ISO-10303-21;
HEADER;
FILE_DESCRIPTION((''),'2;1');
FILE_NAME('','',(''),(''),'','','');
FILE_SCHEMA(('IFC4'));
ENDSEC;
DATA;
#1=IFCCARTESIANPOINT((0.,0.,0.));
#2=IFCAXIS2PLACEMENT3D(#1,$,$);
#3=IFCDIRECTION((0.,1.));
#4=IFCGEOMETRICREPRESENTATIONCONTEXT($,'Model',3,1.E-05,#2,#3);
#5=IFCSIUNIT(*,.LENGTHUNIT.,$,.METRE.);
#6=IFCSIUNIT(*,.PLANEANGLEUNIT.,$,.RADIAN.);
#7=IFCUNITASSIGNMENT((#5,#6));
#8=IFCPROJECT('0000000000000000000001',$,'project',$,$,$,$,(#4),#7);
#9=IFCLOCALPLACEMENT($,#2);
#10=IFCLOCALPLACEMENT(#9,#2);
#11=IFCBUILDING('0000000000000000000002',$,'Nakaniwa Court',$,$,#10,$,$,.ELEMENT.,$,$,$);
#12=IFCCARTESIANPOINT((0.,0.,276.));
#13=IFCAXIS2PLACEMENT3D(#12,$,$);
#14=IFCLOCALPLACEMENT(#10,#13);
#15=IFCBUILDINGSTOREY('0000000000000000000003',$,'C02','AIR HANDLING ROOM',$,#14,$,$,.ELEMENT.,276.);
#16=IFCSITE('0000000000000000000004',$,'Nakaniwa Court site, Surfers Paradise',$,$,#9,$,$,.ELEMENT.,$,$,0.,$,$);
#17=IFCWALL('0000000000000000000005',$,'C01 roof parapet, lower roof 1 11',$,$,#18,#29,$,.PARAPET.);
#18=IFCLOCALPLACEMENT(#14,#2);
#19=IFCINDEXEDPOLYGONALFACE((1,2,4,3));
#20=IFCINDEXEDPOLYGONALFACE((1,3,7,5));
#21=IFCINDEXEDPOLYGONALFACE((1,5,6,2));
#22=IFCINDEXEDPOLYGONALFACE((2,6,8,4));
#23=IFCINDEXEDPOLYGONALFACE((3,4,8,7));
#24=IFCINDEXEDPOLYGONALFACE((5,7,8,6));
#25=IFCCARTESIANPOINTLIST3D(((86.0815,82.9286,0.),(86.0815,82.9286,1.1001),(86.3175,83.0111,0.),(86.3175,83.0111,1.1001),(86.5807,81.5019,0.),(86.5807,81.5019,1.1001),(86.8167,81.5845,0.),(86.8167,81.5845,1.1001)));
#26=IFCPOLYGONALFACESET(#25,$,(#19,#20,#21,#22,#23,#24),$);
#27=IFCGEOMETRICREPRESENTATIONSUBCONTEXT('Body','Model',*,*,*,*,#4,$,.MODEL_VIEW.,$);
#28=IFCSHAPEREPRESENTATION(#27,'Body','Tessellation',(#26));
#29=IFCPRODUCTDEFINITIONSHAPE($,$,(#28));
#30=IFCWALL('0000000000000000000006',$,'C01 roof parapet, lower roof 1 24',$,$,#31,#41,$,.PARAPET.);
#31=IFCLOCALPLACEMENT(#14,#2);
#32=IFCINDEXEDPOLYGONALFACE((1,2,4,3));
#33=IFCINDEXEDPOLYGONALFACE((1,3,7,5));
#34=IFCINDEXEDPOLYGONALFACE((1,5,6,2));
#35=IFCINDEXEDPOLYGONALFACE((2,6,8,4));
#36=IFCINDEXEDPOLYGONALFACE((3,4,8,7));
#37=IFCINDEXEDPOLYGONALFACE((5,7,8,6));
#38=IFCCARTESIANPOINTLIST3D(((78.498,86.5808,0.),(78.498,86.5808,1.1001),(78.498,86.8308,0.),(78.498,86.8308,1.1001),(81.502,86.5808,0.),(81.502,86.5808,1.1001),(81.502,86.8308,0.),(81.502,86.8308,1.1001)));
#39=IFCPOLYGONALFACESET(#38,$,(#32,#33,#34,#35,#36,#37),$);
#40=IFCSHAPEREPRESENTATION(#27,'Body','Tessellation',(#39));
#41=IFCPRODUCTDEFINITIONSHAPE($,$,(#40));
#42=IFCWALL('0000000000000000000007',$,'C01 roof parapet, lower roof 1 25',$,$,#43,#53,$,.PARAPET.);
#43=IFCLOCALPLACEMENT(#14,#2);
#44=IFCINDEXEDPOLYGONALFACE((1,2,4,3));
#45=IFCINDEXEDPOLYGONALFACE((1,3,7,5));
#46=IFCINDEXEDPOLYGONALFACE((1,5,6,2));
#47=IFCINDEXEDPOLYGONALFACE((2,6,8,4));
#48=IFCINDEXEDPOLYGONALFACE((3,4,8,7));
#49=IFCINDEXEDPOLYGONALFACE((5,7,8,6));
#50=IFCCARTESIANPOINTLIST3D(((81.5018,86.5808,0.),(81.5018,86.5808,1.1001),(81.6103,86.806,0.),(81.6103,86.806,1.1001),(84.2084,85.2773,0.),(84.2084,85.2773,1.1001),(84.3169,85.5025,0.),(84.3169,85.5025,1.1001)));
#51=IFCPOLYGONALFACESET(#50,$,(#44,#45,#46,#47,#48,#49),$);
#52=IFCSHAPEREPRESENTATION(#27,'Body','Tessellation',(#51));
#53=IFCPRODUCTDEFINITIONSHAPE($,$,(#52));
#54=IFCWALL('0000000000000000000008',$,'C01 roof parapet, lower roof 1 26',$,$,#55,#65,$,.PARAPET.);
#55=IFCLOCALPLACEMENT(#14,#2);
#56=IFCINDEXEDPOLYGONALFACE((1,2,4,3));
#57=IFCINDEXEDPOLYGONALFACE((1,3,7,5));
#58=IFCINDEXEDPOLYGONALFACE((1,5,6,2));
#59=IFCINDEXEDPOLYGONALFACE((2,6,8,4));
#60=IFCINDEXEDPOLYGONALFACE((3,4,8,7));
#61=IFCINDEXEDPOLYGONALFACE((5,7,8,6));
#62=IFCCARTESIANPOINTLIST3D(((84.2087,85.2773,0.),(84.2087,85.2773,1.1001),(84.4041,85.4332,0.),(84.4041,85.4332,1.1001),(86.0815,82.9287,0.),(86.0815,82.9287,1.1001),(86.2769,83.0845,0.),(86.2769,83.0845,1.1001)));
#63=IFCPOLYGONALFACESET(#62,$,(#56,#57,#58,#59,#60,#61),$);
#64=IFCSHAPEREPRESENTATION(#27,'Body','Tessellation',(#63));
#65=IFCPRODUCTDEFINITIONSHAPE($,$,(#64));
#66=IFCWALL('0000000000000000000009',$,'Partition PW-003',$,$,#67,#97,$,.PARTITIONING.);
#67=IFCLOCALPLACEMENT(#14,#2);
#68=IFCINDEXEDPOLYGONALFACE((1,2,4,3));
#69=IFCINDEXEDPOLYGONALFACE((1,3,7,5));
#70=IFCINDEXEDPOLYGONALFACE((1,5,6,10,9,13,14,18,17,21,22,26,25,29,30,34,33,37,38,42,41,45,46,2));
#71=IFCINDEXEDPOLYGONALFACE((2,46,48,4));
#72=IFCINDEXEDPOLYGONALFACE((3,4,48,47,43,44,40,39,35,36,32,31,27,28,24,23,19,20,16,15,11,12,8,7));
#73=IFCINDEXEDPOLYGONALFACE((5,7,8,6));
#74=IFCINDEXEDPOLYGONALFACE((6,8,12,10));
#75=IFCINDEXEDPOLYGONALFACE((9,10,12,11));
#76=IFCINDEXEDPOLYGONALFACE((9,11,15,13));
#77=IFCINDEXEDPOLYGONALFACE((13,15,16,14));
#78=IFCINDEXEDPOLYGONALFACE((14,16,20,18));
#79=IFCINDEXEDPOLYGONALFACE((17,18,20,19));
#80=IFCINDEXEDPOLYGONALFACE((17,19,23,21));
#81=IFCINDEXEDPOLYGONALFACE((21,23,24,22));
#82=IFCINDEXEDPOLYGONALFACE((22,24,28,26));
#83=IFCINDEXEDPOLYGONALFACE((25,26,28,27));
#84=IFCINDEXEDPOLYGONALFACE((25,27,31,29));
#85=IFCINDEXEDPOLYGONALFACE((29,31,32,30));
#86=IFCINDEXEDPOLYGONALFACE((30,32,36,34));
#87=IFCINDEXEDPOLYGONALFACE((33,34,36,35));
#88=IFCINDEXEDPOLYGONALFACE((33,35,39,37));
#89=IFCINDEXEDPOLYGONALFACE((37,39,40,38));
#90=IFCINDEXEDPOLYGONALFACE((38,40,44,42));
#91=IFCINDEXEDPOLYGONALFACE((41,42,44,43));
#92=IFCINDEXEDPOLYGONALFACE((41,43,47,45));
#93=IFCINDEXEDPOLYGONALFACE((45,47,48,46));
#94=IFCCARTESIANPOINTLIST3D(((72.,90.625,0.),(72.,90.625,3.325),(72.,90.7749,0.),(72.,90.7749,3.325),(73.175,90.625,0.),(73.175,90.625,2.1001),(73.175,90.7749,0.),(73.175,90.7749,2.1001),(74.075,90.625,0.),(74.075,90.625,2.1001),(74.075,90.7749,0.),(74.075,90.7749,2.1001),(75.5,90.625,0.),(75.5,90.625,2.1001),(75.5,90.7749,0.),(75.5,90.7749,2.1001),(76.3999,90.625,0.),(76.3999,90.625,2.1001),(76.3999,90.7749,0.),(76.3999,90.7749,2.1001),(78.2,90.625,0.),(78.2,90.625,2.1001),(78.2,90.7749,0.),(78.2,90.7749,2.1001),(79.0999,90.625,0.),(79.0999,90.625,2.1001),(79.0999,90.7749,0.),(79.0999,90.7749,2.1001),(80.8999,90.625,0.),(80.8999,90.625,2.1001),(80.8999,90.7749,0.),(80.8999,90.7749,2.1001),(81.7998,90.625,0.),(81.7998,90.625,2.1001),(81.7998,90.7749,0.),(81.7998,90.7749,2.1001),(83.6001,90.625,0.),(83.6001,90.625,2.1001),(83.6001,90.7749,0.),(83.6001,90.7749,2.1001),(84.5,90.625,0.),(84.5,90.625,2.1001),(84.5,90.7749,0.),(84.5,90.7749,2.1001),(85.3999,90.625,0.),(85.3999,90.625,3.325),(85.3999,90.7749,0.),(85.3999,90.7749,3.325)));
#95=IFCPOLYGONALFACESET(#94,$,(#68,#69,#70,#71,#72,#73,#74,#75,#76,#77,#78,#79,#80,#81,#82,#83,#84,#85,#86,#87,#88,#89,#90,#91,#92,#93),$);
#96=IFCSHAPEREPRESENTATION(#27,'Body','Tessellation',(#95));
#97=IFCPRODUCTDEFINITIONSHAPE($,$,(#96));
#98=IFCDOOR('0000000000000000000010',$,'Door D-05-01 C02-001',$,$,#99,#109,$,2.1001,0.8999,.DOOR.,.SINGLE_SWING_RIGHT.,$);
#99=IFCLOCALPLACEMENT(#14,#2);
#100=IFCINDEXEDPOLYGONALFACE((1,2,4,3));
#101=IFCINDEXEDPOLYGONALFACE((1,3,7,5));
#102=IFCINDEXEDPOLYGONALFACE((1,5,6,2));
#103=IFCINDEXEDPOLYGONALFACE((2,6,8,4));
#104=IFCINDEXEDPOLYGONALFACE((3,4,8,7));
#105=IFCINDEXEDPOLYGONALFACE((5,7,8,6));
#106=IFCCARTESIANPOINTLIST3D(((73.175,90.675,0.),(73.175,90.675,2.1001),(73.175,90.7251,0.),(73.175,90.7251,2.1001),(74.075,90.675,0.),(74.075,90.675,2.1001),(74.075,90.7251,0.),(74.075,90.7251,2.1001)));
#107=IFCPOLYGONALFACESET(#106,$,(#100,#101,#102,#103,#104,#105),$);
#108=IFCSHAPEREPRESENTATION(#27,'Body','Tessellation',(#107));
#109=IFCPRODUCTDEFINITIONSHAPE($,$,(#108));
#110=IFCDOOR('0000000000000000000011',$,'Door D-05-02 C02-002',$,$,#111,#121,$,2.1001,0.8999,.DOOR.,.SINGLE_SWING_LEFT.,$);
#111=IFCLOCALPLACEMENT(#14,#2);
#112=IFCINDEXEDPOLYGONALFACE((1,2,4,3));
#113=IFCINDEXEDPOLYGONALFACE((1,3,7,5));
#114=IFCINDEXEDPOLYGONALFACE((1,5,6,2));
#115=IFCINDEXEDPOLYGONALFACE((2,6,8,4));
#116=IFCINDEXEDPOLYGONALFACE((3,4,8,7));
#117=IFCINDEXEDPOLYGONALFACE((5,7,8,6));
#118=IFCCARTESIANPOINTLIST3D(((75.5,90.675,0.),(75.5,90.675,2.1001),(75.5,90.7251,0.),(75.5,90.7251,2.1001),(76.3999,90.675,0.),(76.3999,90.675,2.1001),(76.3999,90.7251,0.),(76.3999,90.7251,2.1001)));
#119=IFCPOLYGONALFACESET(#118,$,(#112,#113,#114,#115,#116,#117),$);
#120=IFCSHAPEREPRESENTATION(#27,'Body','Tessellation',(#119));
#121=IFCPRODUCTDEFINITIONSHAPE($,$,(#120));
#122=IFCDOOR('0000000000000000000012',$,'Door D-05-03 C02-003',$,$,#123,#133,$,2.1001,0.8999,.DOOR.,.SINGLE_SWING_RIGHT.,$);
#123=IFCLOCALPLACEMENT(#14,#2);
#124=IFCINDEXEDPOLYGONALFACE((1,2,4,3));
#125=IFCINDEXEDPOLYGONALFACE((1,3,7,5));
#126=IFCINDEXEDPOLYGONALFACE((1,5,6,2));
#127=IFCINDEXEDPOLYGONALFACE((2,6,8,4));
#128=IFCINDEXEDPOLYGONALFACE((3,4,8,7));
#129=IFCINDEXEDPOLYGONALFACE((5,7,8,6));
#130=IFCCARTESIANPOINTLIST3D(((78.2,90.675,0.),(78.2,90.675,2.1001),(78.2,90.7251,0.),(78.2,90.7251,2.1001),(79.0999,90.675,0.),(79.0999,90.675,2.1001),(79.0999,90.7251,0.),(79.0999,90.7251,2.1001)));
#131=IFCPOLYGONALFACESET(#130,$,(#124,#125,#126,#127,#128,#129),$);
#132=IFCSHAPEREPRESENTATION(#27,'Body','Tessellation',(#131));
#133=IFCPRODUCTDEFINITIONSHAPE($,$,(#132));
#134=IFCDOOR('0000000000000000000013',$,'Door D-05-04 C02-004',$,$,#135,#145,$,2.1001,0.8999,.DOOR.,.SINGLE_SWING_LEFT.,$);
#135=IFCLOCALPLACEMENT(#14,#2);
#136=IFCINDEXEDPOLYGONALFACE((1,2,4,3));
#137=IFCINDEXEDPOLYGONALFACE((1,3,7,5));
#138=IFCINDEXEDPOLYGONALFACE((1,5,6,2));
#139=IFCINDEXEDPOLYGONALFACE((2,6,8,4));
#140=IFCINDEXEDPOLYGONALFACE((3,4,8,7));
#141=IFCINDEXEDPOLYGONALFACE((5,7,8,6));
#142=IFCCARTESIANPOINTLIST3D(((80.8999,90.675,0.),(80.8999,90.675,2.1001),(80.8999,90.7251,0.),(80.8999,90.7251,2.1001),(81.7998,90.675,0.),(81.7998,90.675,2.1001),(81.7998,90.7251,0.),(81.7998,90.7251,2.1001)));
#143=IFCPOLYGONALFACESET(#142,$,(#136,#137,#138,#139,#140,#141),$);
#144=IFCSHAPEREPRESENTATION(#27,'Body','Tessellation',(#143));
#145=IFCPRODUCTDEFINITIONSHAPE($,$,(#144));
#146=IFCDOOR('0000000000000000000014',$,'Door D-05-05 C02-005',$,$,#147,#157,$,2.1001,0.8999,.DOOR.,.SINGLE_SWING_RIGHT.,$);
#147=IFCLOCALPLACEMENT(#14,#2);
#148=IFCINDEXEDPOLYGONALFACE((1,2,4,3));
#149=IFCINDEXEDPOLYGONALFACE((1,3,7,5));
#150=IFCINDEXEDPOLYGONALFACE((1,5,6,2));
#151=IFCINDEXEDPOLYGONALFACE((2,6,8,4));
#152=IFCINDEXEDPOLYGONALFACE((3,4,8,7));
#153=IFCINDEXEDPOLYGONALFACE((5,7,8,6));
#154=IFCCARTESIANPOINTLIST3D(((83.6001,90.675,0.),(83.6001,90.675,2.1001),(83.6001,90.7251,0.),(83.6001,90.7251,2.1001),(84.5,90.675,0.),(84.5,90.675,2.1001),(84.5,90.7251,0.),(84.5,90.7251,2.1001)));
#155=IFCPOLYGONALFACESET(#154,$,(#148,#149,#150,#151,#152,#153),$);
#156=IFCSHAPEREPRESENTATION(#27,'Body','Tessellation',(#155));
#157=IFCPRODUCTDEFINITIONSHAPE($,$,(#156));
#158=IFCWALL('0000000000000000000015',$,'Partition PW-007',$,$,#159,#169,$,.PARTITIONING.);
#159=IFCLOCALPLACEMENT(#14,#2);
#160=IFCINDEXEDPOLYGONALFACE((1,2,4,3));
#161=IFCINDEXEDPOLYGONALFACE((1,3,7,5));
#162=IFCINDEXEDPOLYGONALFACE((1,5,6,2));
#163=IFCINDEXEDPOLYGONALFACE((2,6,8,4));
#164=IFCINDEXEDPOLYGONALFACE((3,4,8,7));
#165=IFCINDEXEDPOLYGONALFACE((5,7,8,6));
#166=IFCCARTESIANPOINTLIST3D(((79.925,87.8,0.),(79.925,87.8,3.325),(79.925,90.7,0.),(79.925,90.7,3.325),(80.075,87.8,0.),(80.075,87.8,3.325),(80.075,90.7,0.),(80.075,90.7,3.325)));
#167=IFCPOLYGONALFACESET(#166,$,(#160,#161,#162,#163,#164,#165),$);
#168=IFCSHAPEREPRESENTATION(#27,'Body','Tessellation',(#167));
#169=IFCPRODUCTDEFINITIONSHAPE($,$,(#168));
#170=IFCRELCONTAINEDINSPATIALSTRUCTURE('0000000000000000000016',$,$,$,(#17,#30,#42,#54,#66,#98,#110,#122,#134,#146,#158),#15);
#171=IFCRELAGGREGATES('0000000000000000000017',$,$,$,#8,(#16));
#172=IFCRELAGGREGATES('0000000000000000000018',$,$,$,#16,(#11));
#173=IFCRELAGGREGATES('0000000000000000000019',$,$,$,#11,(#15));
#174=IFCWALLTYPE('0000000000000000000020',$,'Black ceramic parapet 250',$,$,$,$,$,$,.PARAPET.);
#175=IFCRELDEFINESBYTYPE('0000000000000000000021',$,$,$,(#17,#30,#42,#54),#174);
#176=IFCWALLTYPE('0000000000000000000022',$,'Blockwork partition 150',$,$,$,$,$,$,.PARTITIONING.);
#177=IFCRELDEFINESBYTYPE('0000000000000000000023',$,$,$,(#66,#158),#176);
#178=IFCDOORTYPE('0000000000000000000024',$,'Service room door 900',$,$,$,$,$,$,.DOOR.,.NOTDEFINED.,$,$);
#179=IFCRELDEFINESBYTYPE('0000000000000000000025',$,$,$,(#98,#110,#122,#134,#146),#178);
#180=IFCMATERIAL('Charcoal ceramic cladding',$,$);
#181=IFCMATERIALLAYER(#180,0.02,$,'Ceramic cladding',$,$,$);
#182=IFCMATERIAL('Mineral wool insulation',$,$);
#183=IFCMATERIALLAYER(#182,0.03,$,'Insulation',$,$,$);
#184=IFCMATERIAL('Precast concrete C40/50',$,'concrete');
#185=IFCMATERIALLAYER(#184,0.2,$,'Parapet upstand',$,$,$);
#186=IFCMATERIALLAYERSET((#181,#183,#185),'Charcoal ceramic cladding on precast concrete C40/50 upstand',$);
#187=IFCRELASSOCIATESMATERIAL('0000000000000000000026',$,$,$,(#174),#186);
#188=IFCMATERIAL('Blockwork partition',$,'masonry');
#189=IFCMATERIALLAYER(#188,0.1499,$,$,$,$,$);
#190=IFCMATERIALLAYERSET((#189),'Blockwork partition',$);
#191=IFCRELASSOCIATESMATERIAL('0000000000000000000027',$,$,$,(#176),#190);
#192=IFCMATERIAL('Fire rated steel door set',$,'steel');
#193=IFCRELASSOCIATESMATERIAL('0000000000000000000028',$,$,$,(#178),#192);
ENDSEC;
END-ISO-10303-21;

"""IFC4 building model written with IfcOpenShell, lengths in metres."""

from ifc_helpers import new_model, si_unit, direction, frame, frame_2d, origin, place, context, subcontext, project, spatial, rectangle, extrude, material, layer, layer_set, type_object, element, fill, save


model = new_model("IFC4")

# Units and contexts
model_context = context("Model", 3, precision=1e-05, world=origin(), true_north=direction((0.0, 1.0)))
body_context = subcontext(model_context, "Body", "Model", "MODEL_VIEW")
ifc_project = project(units=[si_unit("LENGTHUNIT", "METRE"), si_unit("PLANEANGLEUNIT", "RADIAN")], contexts=[model_context])

# Site, building, storey
site_placement = place(None, origin())
site = spatial("IfcSite", under=ifc_project, at=site_placement, Name="Nakaniwa Court site, Surfers Paradise", CompositionType="ELEMENT", RefElevation=0.0)
building_placement = place(site_placement, origin())
building = spatial("IfcBuilding", under=site, at=building_placement, Name="Nakaniwa Court", CompositionType="ELEMENT")
storey_placement = place(building_placement, frame((0.0, 0.0, 276.0)))
storey = spatial("IfcBuildingStorey", under=building, at=storey_placement, Name="C02", Description="AIR HANDLING ROOM", CompositionType="ELEMENT", Elevation=276.0)

# Walls
ifc_material_1 = material(Name="Charcoal ceramic cladding")
ifc_layer_1 = layer(ifc_material_1, 0.02, Name="Ceramic cladding")
ifc_material_2 = material(Name="Mineral wool insulation")
ifc_layer_2 = layer(ifc_material_2, 0.03, Name="Insulation")
ifc_material_3 = material(Name="Precast concrete C40/50", Category="concrete")
ifc_layer_3 = layer(ifc_material_3, 0.2, Name="Parapet upstand")
ifc_layer_set_1 = layer_set([ifc_layer_1, ifc_layer_2, ifc_layer_3], Name="Charcoal ceramic cladding on precast concrete C40/50 upstand")
wall_type_1 = type_object("IfcWallType", Name="Black ceramic parapet 250", PredefinedType="PARAPET", material=ifc_layer_set_1)
wall_1_placement = place(storey_placement, frame((86.1995, 82.97, 0.0), z_axis=(0.0, 0.0, 1.0), x_axis=(0.330293, -0.943878, 0.0)))
element("IfcWall", 1, at=wall_1_placement, inside=storey, type_object=wall_type_1, Name="C01 roof parapet, lower roof 1 11", PredefinedType="PARAPET", context=body_context, shape_type="SweptSolid", body=[
    extrude(rectangle(XDim=1.5115, YDim=0.25, at=frame_2d((0.7559, 0.0))), origin(), (0.0, 0.0, 1.0), 1.1001),
])
wall_2_placement = place(storey_placement, frame((78.498, 86.7058, 0.0), z_axis=(0.0, 0.0, 1.0), x_axis=(1.0, 0.0, 0.0)))
element("IfcWall", 2, at=wall_2_placement, inside=storey, type_object=wall_type_1, Name="C01 roof parapet, lower roof 1 24", PredefinedType="PARAPET", context=body_context, shape_type="SweptSolid", body=[
    extrude(rectangle(XDim=3.0039, YDim=0.25, at=frame_2d((1.502, 0.0))), origin(), (0.0, 0.0, 1.0), 1.1001),
])
wall_3_placement = place(storey_placement, frame((81.5562, 86.6934, 0.0), z_axis=(0.0, 0.0, 1.0), x_axis=(0.90096, -0.433901, 0.0)))
element("IfcWall", 3, at=wall_3_placement, inside=storey, type_object=wall_type_1, Name="C01 roof parapet, lower roof 1 25", PredefinedType="PARAPET", context=body_context, shape_type="SweptSolid", body=[
    extrude(rectangle(XDim=3.0042, YDim=0.25, at=frame_2d((1.502, 0.0))), origin(), (0.0, 0.0, 1.0), 1.1001),
])
wall_4_placement = place(storey_placement, frame((84.3064, 85.3552, 0.0), z_axis=(0.0, 0.0, 1.0), x_axis=(0.623455, -0.781859, 0.0)))
element("IfcWall", 4, at=wall_4_placement, inside=storey, type_object=wall_type_1, Name="C01 roof parapet, lower roof 1 26", PredefinedType="PARAPET", context=body_context, shape_type="SweptSolid", body=[
    extrude(rectangle(XDim=3.0039, YDim=0.25, at=frame_2d((1.502, 0.0))), origin(), (0.0, 0.0, 1.0), 1.1001),
])

# Wall, openings, doors
ifc_material_4 = material(Name="Blockwork partition", Category="masonry")
ifc_layer_4 = layer(ifc_material_4, 0.1499)
ifc_layer_set_2 = layer_set([ifc_layer_4], Name="Blockwork partition")
wall_type_2 = type_object("IfcWallType", Name="Blockwork partition 150", PredefinedType="PARTITIONING", material=ifc_layer_set_2)
wall_5_placement = place(storey_placement, frame((85.3999, 90.7, 0.0), z_axis=(0.0, 0.0, 1.0), x_axis=(-1.0, 0.0, 0.0)))
wall_5 = element("IfcWall", 5, at=wall_5_placement, inside=storey, type_object=wall_type_2, Name="Partition PW-003", PredefinedType="PARTITIONING", context=body_context, shape_type="SweptSolid", body=[
    extrude(rectangle(XDim=13.3999, YDim=0.1499, at=frame_2d((6.7, 0.0))), origin(), (0.0, 0.0, 1.0), 3.325),
])
opening_1_placement = place(wall_5_placement, frame((11.325, 0.0, 0.0)))
opening_1 = element("IfcOpeningElement", 6, at=opening_1_placement, cuts=wall_5, PredefinedType="OPENING", context=body_context, shape_type="SweptSolid", body=[
    extrude(rectangle(XDim=0.8999, YDim=2.1001, at=frame_2d((0.45, 1.05))), frame((0.0, 0.085, 0.0), z_axis=(0.0, -1.0, 0.0), x_axis=(1.0, 0.0, 0.0)), (0.0, 0.0, 1.0), 0.1699),
])
opening_2_placement = place(wall_5_placement, frame((9.0, 0.0, 0.0)))
opening_2 = element("IfcOpeningElement", 7, at=opening_2_placement, cuts=wall_5, PredefinedType="OPENING", context=body_context, shape_type="SweptSolid", body=[
    extrude(rectangle(XDim=0.8999, YDim=2.1001, at=frame_2d((0.45, 1.05))), frame((0.0, 0.085, 0.0), z_axis=(0.0, -1.0, 0.0), x_axis=(1.0, 0.0, 0.0)), (0.0, 0.0, 1.0), 0.1699),
])
opening_3_placement = place(wall_5_placement, frame((6.3, 0.0, 0.0)))
opening_3 = element("IfcOpeningElement", 8, at=opening_3_placement, cuts=wall_5, PredefinedType="OPENING", context=body_context, shape_type="SweptSolid", body=[
    extrude(rectangle(XDim=0.8999, YDim=2.1001, at=frame_2d((0.45, 1.05))), frame((0.0, 0.085, 0.0), z_axis=(0.0, -1.0, 0.0), x_axis=(1.0, 0.0, 0.0)), (0.0, 0.0, 1.0), 0.1699),
])
opening_4_placement = place(wall_5_placement, frame((3.6001, 0.0, 0.0)))
opening_4 = element("IfcOpeningElement", 9, at=opening_4_placement, cuts=wall_5, PredefinedType="OPENING", context=body_context, shape_type="SweptSolid", body=[
    extrude(rectangle(XDim=0.8999, YDim=2.1001, at=frame_2d((0.45, 1.05))), frame((0.0, 0.085, 0.0), z_axis=(0.0, -1.0, 0.0), x_axis=(1.0, 0.0, 0.0)), (0.0, 0.0, 1.0), 0.1699),
])
opening_5_placement = place(wall_5_placement, frame((0.8999, 0.0, 0.0)))
opening_5 = element("IfcOpeningElement", 10, at=opening_5_placement, cuts=wall_5, PredefinedType="OPENING", context=body_context, shape_type="SweptSolid", body=[
    extrude(rectangle(XDim=0.8999, YDim=2.1001, at=frame_2d((0.45, 1.05))), frame((0.0, 0.085, 0.0), z_axis=(0.0, -1.0, 0.0), x_axis=(1.0, 0.0, 0.0)), (0.0, 0.0, 1.0), 0.1699),
])
ifc_material_5 = material(Name="Fire rated steel door set", Category="steel")
door_type_1 = type_object("IfcDoorType", Name="Service room door 900", OperationType="NOTDEFINED", PredefinedType="DOOR", material=ifc_material_5)
door_1_placement = place(opening_1_placement, origin())
door_1 = element("IfcDoor", 11, at=door_1_placement, inside=storey, type_object=door_type_1, Name="Door D-05-01 C02-001", OperationType="SINGLE_SWING_RIGHT", OverallHeight=2.1001, OverallWidth=0.8999, PredefinedType="DOOR", context=body_context, shape_type="SweptSolid", body=[
    extrude(rectangle(XDim=0.8999, YDim=2.1001, at=frame_2d((0.45, 1.05))), frame((0.0, 0.0249, 0.0), z_axis=(0.0, -1.0, 0.0), x_axis=(1.0, 0.0, 0.0)), (0.0, 0.0, 1.0), 0.05),
])
fill(opening_1, door_1)
door_2_placement = place(opening_2_placement, origin())
door_2 = element("IfcDoor", 12, at=door_2_placement, inside=storey, type_object=door_type_1, Name="Door D-05-02 C02-002", OperationType="SINGLE_SWING_LEFT", OverallHeight=2.1001, OverallWidth=0.8999, PredefinedType="DOOR", context=body_context, shape_type="SweptSolid", body=[
    extrude(rectangle(XDim=0.8999, YDim=2.1001, at=frame_2d((0.45, 1.05))), frame((0.0, 0.0249, 0.0), z_axis=(0.0, -1.0, 0.0), x_axis=(1.0, 0.0, 0.0)), (0.0, 0.0, 1.0), 0.05),
])
fill(opening_2, door_2)
door_3_placement = place(opening_3_placement, origin())
door_3 = element("IfcDoor", 13, at=door_3_placement, inside=storey, type_object=door_type_1, Name="Door D-05-03 C02-003", OperationType="SINGLE_SWING_RIGHT", OverallHeight=2.1001, OverallWidth=0.8999, PredefinedType="DOOR", context=body_context, shape_type="SweptSolid", body=[
    extrude(rectangle(XDim=0.8999, YDim=2.1001, at=frame_2d((0.45, 1.05))), frame((0.0, 0.0249, 0.0), z_axis=(0.0, -1.0, 0.0), x_axis=(1.0, 0.0, 0.0)), (0.0, 0.0, 1.0), 0.05),
])
fill(opening_3, door_3)
door_4_placement = place(opening_4_placement, origin())
door_4 = element("IfcDoor", 14, at=door_4_placement, inside=storey, type_object=door_type_1, Name="Door D-05-04 C02-004", OperationType="SINGLE_SWING_LEFT", OverallHeight=2.1001, OverallWidth=0.8999, PredefinedType="DOOR", context=body_context, shape_type="SweptSolid", body=[
    extrude(rectangle(XDim=0.8999, YDim=2.1001, at=frame_2d((0.45, 1.05))), frame((0.0, 0.0249, 0.0), z_axis=(0.0, -1.0, 0.0), x_axis=(1.0, 0.0, 0.0)), (0.0, 0.0, 1.0), 0.05),
])
fill(opening_4, door_4)
door_5_placement = place(opening_5_placement, origin())
door_5 = element("IfcDoor", 15, at=door_5_placement, inside=storey, type_object=door_type_1, Name="Door D-05-05 C02-005", OperationType="SINGLE_SWING_RIGHT", OverallHeight=2.1001, OverallWidth=0.8999, PredefinedType="DOOR", context=body_context, shape_type="SweptSolid", body=[
    extrude(rectangle(XDim=0.8999, YDim=2.1001, at=frame_2d((0.45, 1.05))), frame((0.0, 0.0249, 0.0), z_axis=(0.0, -1.0, 0.0), x_axis=(1.0, 0.0, 0.0)), (0.0, 0.0, 1.0), 0.05),
])
fill(opening_5, door_5)

# Wall
wall_6_placement = place(storey_placement, frame((80.0, 87.8, 0.0), z_axis=(0.0, 0.0, 1.0), x_axis=(0.0, 1.0, 0.0)))
element("IfcWall", 16, at=wall_6_placement, inside=storey, type_object=wall_type_2, Name="Partition PW-007", PredefinedType="PARTITIONING", context=body_context, shape_type="SweptSolid", body=[
    extrude(rectangle(XDim=2.8999, YDim=0.1499, at=frame_2d((1.45, 0.0))), origin(), (0.0, 0.0, 1.0), 3.325),
])

save(model, "model.ifc")
